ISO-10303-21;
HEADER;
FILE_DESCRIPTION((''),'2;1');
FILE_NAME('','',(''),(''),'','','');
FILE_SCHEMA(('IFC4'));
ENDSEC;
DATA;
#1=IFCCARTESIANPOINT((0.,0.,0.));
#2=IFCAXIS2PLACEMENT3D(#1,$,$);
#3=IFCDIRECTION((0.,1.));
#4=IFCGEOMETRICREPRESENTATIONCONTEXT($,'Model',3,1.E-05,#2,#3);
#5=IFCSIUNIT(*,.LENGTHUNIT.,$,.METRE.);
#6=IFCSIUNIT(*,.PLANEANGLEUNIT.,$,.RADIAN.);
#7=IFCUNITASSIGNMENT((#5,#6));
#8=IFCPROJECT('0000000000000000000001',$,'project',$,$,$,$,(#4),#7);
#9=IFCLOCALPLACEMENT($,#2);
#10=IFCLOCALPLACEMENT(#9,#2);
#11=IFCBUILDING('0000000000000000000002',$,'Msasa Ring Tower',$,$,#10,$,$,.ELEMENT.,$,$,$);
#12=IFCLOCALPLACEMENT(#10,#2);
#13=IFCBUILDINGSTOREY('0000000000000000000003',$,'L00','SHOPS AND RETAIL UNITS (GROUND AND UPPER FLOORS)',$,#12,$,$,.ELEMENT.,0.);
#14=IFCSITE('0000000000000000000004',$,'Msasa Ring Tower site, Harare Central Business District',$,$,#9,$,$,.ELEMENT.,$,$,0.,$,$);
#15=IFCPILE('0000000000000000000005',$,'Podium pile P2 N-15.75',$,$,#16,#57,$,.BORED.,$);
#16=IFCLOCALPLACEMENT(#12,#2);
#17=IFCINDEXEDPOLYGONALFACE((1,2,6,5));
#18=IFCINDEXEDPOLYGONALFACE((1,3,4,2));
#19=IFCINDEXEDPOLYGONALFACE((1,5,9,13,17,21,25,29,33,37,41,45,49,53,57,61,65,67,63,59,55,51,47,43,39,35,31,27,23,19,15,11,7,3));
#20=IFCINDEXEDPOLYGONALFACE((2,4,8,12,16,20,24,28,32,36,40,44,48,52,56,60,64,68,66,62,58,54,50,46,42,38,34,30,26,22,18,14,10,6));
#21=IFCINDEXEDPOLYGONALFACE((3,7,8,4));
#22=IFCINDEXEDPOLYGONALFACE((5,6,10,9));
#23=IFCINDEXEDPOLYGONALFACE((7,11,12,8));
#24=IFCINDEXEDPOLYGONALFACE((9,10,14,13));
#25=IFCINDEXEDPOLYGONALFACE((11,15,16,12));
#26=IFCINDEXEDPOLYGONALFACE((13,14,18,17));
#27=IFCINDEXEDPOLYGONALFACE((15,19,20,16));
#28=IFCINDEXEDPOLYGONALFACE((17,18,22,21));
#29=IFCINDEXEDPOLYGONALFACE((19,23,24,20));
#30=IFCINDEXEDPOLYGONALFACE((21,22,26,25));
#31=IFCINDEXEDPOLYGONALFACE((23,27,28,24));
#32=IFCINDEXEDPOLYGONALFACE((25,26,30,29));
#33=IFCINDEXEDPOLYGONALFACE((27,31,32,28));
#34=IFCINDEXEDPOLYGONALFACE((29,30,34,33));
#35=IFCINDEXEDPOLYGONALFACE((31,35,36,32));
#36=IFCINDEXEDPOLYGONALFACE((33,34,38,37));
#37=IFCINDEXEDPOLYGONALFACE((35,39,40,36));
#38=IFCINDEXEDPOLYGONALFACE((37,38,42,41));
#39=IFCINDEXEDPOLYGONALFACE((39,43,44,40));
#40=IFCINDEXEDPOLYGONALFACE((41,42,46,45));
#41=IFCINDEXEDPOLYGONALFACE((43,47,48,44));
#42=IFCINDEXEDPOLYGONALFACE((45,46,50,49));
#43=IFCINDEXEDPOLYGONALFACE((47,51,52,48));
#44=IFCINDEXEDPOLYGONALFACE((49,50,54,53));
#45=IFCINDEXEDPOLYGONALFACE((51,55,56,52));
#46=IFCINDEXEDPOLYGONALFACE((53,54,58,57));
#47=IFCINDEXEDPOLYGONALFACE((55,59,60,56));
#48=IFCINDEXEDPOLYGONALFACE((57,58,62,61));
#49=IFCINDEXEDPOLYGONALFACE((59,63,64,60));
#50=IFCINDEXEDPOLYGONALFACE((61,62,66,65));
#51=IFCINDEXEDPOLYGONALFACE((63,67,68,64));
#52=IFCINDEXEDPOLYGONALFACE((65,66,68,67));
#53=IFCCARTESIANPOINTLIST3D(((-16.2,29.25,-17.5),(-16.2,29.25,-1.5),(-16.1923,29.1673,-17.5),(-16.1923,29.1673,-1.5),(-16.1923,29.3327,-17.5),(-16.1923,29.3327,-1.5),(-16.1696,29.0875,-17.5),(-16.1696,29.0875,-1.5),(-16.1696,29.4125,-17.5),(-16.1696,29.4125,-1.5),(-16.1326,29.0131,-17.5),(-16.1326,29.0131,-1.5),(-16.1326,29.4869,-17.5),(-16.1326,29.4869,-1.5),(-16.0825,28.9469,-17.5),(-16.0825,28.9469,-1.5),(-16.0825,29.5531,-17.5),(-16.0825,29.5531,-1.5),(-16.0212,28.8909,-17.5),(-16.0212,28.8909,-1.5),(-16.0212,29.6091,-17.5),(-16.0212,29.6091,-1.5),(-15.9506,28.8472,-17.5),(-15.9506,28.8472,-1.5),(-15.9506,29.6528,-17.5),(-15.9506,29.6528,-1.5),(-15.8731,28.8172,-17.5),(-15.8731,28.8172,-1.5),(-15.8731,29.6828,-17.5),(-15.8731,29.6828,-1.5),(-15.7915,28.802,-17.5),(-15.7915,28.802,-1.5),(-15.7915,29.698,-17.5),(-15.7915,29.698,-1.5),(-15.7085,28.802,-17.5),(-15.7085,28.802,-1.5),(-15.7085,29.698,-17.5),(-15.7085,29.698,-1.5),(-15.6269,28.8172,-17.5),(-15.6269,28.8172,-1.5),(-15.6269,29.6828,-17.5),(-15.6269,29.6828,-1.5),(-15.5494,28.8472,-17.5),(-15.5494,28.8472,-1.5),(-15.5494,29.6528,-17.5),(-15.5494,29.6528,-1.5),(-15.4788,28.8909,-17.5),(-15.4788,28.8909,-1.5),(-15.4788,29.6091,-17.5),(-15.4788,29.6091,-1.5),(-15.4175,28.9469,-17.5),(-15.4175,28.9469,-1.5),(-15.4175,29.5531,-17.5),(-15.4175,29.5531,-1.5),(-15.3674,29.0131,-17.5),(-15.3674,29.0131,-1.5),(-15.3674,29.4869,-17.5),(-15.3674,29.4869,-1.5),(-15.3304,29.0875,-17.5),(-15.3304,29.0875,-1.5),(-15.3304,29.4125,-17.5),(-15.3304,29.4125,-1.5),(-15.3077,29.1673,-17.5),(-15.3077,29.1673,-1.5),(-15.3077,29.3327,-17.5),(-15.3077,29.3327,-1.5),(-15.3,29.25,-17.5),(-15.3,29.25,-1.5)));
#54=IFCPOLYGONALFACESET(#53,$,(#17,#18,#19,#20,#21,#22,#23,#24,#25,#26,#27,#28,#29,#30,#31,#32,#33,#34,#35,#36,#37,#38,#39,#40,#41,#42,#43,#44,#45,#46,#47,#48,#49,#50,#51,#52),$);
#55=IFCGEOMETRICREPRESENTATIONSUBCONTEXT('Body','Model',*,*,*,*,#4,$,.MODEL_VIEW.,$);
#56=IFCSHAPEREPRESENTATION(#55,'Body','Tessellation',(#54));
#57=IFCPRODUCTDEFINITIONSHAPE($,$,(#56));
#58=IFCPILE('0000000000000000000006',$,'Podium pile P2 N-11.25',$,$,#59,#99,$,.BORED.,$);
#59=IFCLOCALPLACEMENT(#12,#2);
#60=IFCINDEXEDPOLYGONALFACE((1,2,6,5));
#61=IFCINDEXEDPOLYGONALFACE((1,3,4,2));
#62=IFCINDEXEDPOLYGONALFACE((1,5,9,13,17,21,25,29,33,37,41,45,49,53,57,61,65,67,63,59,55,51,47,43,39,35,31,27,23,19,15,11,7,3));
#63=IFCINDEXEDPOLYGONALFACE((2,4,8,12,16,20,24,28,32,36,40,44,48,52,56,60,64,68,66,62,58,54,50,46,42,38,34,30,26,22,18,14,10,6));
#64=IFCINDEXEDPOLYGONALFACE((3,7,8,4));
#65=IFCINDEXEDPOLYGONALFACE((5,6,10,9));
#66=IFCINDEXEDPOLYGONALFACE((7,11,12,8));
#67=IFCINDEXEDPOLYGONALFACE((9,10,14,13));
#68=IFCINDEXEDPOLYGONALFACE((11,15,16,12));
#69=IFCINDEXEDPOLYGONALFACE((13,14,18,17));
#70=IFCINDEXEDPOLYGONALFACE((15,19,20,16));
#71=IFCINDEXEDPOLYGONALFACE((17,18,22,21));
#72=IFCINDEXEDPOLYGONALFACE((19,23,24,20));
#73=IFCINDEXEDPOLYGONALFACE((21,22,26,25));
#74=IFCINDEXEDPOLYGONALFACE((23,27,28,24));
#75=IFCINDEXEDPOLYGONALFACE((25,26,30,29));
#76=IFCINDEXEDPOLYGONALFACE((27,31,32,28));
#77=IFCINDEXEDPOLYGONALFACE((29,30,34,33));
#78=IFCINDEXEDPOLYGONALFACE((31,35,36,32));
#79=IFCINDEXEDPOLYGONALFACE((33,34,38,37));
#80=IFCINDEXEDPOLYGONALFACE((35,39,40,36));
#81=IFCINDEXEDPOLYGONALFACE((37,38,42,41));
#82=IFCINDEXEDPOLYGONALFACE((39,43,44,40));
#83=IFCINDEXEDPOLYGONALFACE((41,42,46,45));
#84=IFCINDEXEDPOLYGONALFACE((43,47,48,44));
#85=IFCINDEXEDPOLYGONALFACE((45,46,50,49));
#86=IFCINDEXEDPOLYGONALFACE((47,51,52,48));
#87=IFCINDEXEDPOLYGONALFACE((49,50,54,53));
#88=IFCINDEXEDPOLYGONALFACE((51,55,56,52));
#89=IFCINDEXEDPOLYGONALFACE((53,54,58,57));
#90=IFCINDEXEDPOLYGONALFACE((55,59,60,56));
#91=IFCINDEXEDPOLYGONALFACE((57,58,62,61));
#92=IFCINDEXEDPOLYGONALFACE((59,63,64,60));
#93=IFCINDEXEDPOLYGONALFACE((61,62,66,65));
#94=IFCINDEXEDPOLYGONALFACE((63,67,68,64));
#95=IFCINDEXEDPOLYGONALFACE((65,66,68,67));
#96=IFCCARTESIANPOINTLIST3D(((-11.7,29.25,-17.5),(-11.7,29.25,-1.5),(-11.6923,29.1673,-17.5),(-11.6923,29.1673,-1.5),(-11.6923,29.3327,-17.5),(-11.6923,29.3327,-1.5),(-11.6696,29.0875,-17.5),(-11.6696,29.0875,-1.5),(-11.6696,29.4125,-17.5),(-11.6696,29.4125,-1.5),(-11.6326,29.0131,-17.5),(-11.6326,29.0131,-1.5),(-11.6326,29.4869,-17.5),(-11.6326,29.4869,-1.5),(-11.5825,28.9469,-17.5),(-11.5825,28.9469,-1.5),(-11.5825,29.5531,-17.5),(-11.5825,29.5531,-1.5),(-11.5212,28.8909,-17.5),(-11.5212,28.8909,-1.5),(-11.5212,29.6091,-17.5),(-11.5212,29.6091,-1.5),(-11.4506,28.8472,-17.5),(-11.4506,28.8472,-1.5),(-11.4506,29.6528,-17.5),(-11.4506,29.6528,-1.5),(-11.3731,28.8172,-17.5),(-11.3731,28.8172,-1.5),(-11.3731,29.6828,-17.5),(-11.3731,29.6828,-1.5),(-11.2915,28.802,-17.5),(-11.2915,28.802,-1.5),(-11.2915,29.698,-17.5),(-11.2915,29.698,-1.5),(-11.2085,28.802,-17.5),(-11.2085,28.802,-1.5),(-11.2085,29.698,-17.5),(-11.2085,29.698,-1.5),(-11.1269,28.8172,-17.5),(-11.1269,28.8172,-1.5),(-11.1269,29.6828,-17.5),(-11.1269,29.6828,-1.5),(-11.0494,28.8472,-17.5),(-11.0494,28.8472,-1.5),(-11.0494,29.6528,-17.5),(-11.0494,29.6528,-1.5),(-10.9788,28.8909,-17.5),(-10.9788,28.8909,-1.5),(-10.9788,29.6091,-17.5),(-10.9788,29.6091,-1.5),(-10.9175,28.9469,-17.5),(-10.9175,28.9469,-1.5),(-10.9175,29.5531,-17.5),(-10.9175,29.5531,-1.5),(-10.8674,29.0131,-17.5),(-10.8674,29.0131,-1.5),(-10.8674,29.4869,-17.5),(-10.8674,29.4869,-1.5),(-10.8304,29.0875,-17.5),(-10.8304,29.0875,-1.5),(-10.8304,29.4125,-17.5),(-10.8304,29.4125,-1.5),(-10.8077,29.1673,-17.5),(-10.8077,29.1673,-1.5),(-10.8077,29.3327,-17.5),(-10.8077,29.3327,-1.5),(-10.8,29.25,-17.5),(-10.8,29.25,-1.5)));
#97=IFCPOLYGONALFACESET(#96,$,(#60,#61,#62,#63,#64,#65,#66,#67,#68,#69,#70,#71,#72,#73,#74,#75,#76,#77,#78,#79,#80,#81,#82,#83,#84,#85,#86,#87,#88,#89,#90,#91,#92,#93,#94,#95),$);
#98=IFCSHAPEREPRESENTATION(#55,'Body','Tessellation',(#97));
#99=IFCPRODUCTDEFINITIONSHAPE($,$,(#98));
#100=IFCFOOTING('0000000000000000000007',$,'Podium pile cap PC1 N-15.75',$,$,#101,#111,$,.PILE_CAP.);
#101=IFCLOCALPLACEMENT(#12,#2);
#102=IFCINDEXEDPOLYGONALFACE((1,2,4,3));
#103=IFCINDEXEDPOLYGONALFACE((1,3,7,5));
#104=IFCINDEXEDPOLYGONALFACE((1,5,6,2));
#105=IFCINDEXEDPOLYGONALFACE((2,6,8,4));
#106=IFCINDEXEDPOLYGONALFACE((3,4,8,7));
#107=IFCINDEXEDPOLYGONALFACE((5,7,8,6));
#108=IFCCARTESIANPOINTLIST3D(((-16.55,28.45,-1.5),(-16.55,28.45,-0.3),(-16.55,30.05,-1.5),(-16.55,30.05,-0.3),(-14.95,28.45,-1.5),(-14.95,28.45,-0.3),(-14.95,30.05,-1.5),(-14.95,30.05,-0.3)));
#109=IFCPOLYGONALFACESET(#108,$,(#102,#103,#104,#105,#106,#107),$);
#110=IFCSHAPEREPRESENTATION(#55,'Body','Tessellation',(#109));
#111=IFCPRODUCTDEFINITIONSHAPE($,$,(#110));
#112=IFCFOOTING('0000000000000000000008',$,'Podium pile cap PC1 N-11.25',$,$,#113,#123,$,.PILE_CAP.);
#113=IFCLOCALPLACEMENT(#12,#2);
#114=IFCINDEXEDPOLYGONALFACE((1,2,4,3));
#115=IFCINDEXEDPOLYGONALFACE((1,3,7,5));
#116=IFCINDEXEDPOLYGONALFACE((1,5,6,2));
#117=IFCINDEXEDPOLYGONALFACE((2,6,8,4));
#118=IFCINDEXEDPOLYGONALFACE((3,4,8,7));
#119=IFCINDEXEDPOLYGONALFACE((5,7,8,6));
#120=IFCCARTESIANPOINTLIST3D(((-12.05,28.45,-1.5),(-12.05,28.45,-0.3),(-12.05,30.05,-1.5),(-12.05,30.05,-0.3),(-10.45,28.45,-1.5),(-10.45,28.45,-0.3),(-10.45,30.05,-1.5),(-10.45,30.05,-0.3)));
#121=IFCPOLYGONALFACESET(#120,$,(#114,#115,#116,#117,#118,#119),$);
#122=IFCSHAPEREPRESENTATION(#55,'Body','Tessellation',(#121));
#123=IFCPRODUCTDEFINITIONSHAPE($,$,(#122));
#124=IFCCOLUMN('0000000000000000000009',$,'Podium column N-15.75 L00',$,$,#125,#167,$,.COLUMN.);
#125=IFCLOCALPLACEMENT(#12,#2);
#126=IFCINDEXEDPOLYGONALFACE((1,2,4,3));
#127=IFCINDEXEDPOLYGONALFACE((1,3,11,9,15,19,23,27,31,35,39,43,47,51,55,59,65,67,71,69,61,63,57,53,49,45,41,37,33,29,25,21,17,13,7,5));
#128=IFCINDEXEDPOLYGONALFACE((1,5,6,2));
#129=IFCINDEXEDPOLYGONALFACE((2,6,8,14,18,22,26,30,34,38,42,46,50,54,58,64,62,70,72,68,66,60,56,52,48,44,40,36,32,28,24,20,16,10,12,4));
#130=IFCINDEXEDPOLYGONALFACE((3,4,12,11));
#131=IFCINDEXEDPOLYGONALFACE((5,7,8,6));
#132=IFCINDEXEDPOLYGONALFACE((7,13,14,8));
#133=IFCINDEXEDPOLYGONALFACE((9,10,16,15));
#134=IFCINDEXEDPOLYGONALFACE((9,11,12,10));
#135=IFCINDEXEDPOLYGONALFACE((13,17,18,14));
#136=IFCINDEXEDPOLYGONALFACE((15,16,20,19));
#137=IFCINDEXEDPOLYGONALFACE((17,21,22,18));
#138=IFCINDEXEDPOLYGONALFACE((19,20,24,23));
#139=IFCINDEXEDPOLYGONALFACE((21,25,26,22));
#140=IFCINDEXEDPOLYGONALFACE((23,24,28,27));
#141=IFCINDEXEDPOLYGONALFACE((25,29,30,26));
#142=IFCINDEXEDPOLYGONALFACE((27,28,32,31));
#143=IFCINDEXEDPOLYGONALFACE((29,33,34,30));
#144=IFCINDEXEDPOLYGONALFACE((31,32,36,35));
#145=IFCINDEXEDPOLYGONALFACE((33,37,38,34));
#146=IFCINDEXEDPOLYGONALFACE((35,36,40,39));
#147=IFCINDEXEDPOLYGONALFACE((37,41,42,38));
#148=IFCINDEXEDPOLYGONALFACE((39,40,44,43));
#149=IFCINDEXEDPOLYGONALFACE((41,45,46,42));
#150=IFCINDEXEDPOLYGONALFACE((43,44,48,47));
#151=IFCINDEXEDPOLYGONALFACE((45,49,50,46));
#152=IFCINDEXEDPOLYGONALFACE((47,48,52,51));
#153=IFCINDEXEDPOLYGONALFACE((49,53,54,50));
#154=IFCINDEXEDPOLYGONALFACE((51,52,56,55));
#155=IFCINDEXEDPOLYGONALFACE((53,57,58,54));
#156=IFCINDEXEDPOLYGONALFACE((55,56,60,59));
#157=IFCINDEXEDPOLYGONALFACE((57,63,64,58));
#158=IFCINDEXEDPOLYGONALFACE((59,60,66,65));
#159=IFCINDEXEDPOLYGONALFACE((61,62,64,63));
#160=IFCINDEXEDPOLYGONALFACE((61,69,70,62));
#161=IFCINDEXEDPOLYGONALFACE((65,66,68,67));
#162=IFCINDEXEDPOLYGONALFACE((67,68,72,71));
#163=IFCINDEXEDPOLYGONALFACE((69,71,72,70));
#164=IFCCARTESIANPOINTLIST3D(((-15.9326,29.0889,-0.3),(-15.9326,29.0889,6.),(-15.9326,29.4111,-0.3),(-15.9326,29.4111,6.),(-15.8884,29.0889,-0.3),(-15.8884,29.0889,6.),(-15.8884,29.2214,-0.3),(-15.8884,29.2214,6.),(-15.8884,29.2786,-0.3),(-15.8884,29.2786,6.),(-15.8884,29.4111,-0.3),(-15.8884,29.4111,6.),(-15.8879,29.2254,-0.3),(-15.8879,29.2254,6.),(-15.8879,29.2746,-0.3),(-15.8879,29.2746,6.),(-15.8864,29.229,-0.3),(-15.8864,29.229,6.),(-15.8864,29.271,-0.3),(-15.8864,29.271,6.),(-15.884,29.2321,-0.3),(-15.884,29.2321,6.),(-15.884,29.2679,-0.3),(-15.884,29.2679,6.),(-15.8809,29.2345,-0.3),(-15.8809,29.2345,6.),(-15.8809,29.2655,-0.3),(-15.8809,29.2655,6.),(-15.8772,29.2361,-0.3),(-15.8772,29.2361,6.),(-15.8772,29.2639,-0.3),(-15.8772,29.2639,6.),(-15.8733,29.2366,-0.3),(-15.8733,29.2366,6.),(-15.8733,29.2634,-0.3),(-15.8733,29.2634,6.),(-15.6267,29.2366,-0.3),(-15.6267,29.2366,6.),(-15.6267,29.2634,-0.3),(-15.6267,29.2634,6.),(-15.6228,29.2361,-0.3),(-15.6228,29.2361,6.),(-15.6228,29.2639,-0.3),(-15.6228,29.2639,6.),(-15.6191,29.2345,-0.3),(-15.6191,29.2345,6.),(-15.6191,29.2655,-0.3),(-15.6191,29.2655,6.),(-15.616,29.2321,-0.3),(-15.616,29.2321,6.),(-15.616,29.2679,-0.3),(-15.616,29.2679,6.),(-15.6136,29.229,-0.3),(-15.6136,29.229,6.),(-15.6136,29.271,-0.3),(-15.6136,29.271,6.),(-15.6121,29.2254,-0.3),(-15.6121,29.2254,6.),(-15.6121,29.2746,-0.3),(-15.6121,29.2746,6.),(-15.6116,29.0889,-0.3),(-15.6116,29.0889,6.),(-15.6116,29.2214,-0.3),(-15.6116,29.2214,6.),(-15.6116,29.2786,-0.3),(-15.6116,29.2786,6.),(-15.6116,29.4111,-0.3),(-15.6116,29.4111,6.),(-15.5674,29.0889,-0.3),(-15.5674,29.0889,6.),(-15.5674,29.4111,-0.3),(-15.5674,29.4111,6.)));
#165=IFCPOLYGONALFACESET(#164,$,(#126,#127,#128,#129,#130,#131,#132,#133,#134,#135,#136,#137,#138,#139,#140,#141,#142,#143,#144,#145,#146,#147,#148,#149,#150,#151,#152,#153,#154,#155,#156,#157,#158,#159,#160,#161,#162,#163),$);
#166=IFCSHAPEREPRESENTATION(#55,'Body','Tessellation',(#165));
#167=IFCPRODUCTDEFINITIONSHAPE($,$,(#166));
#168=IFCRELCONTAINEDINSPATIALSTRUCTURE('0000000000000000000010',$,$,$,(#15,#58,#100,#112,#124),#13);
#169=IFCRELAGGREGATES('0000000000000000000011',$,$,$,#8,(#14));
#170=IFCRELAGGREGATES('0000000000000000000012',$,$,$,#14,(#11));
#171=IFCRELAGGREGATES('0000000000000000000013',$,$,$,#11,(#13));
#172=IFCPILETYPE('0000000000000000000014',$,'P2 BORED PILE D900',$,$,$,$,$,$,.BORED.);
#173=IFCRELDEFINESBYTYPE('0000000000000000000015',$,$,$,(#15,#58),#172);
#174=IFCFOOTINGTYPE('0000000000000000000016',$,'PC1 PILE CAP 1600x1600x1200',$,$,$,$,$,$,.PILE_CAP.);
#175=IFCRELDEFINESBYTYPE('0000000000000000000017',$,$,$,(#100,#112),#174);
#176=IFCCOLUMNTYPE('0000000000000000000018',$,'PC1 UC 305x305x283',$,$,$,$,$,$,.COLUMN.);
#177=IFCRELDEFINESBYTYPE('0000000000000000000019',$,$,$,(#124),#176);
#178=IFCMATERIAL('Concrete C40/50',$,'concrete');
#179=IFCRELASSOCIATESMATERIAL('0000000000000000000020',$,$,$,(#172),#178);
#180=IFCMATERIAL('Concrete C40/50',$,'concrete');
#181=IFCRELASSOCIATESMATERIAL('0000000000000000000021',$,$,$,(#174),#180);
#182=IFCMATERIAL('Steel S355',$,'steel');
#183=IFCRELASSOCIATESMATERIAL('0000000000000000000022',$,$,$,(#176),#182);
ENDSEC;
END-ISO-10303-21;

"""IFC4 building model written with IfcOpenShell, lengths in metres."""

from ifc_helpers import new_model, si_unit, direction, frame, origin, origin_2d, place, context, subcontext, project, spatial, rectangle, circle, i_section, extrude, material, material_profile, profile_set, type_object, element, save


model = new_model("IFC4")

# Units and contexts
model_context = context("Model", 3, precision=1e-05, world=origin(), true_north=direction((0.0, 1.0)))
body_context = subcontext(model_context, "Body", "Model", "MODEL_VIEW")
ifc_project = project(units=[si_unit("LENGTHUNIT", "METRE"), si_unit("PLANEANGLEUNIT", "RADIAN")], contexts=[model_context])

# Site, building, storey
site_placement = place(None, origin())
site = spatial("IfcSite", under=ifc_project, at=site_placement, Name="Msasa Ring Tower site, Harare Central Business District", CompositionType="ELEMENT", RefElevation=0.0)
building_placement = place(site_placement, origin())
building = spatial("IfcBuilding", under=site, at=building_placement, Name="Msasa Ring Tower", CompositionType="ELEMENT")
storey_placement = place(building_placement, origin())
storey = spatial("IfcBuildingStorey", under=building, at=storey_placement, Name="L00", Description="SHOPS AND RETAIL UNITS (GROUND AND UPPER FLOORS)", CompositionType="ELEMENT", Elevation=0.0)

# Piles
ifc_material_1 = material(Name="Concrete C40/50", Category="concrete")
ifc_material_profile_1 = material_profile(ifc_material_1, circle(Radius=0.45, at=origin_2d()), Name="D900")
ifc_profile_set_1 = profile_set([ifc_material_profile_1], Name="Concrete C40/50")
pile_type = type_object("IfcPileType", Name="P2 BORED PILE D900", PredefinedType="BORED", material=ifc_profile_set_1)
for number, where, z_axis, x_axis, name in (
    (1, (-15.75, 29.25, -1.5), (0.0, 0.0, -1.0), (1.0, 0.0, 0.0), "Podium pile P2 N-15.75"),
    (2, (-11.25, 29.25, -1.5), (0.0, 0.0, -1.0), (1.0, 0.0, 0.0), "Podium pile P2 N-11.25"),
):
    element("IfcPile", number, at=place(storey_placement, frame(where, z_axis=z_axis, x_axis=x_axis)), inside=storey, type_object=pile_type, Name=name, PredefinedType="BORED", context=body_context, shape_type="SweptSolid", body=[
        extrude(circle(Radius=0.45, at=origin_2d()), origin(), (0.0, 0.0, 1.0), 16.0),
    ])

# Footings
ifc_material_2 = material(Name="Concrete C40/50", Category="concrete")
footing_type = type_object("IfcFootingType", Name="PC1 PILE CAP 1600x1600x1200", PredefinedType="PILE_CAP", material=ifc_material_2)
for number, where, z_axis, x_axis, name in (
    (3, (-15.75, 29.25, -1.5), (0.0, 0.0, 1.0), (1.0, 0.0, 0.0), "Podium pile cap PC1 N-15.75"),
    (4, (-11.25, 29.25, -1.5), (0.0, 0.0, 1.0), (1.0, 0.0, 0.0), "Podium pile cap PC1 N-11.25"),
):
    element("IfcFooting", number, at=place(storey_placement, frame(where, z_axis=z_axis, x_axis=x_axis)), inside=storey, type_object=footing_type, Name=name, PredefinedType="PILE_CAP", context=body_context, shape_type="SweptSolid", body=[
        extrude(rectangle(XDim=1.6001, YDim=1.6001, at=origin_2d()), origin(), (0.0, 0.0, 1.0), 1.2),
    ])

# Column
ifc_material_3 = material(Name="Steel S355", Category="steel")
ifc_material_profile_2 = material_profile(ifc_material_3, i_section(OverallWidth=0.3223, OverallDepth=0.3652, WebThickness=0.0269, FlangeThickness=0.0442, FilletRadius=0.0151, at=origin_2d()), Name="UC 305x305x283")
ifc_profile_set_2 = profile_set([ifc_material_profile_2], Name="Steel S355")
column_type_1 = type_object("IfcColumnType", Name="PC1 UC 305x305x283", PredefinedType="COLUMN", material=ifc_profile_set_2)
for number, where, z_axis, x_axis, name in (
    (5, (-15.75, 29.25, -0.3), (0.0, 0.0, 1.0), (0.0, 1.0, 0.0), "Podium column N-15.75 L00"),
):
    element("IfcColumn", number, at=place(storey_placement, frame(where, z_axis=z_axis, x_axis=x_axis)), inside=storey, type_object=column_type_1, Name=name, PredefinedType="COLUMN", context=body_context, shape_type="SweptSolid", body=[
        extrude(i_section(OverallWidth=0.3223, OverallDepth=0.3652, WebThickness=0.0269, FlangeThickness=0.0442, FilletRadius=0.0151, at=origin_2d()), origin(), (0.0, 0.0, 1.0), 6.3),
    ])

save(model, "model.ifc")
